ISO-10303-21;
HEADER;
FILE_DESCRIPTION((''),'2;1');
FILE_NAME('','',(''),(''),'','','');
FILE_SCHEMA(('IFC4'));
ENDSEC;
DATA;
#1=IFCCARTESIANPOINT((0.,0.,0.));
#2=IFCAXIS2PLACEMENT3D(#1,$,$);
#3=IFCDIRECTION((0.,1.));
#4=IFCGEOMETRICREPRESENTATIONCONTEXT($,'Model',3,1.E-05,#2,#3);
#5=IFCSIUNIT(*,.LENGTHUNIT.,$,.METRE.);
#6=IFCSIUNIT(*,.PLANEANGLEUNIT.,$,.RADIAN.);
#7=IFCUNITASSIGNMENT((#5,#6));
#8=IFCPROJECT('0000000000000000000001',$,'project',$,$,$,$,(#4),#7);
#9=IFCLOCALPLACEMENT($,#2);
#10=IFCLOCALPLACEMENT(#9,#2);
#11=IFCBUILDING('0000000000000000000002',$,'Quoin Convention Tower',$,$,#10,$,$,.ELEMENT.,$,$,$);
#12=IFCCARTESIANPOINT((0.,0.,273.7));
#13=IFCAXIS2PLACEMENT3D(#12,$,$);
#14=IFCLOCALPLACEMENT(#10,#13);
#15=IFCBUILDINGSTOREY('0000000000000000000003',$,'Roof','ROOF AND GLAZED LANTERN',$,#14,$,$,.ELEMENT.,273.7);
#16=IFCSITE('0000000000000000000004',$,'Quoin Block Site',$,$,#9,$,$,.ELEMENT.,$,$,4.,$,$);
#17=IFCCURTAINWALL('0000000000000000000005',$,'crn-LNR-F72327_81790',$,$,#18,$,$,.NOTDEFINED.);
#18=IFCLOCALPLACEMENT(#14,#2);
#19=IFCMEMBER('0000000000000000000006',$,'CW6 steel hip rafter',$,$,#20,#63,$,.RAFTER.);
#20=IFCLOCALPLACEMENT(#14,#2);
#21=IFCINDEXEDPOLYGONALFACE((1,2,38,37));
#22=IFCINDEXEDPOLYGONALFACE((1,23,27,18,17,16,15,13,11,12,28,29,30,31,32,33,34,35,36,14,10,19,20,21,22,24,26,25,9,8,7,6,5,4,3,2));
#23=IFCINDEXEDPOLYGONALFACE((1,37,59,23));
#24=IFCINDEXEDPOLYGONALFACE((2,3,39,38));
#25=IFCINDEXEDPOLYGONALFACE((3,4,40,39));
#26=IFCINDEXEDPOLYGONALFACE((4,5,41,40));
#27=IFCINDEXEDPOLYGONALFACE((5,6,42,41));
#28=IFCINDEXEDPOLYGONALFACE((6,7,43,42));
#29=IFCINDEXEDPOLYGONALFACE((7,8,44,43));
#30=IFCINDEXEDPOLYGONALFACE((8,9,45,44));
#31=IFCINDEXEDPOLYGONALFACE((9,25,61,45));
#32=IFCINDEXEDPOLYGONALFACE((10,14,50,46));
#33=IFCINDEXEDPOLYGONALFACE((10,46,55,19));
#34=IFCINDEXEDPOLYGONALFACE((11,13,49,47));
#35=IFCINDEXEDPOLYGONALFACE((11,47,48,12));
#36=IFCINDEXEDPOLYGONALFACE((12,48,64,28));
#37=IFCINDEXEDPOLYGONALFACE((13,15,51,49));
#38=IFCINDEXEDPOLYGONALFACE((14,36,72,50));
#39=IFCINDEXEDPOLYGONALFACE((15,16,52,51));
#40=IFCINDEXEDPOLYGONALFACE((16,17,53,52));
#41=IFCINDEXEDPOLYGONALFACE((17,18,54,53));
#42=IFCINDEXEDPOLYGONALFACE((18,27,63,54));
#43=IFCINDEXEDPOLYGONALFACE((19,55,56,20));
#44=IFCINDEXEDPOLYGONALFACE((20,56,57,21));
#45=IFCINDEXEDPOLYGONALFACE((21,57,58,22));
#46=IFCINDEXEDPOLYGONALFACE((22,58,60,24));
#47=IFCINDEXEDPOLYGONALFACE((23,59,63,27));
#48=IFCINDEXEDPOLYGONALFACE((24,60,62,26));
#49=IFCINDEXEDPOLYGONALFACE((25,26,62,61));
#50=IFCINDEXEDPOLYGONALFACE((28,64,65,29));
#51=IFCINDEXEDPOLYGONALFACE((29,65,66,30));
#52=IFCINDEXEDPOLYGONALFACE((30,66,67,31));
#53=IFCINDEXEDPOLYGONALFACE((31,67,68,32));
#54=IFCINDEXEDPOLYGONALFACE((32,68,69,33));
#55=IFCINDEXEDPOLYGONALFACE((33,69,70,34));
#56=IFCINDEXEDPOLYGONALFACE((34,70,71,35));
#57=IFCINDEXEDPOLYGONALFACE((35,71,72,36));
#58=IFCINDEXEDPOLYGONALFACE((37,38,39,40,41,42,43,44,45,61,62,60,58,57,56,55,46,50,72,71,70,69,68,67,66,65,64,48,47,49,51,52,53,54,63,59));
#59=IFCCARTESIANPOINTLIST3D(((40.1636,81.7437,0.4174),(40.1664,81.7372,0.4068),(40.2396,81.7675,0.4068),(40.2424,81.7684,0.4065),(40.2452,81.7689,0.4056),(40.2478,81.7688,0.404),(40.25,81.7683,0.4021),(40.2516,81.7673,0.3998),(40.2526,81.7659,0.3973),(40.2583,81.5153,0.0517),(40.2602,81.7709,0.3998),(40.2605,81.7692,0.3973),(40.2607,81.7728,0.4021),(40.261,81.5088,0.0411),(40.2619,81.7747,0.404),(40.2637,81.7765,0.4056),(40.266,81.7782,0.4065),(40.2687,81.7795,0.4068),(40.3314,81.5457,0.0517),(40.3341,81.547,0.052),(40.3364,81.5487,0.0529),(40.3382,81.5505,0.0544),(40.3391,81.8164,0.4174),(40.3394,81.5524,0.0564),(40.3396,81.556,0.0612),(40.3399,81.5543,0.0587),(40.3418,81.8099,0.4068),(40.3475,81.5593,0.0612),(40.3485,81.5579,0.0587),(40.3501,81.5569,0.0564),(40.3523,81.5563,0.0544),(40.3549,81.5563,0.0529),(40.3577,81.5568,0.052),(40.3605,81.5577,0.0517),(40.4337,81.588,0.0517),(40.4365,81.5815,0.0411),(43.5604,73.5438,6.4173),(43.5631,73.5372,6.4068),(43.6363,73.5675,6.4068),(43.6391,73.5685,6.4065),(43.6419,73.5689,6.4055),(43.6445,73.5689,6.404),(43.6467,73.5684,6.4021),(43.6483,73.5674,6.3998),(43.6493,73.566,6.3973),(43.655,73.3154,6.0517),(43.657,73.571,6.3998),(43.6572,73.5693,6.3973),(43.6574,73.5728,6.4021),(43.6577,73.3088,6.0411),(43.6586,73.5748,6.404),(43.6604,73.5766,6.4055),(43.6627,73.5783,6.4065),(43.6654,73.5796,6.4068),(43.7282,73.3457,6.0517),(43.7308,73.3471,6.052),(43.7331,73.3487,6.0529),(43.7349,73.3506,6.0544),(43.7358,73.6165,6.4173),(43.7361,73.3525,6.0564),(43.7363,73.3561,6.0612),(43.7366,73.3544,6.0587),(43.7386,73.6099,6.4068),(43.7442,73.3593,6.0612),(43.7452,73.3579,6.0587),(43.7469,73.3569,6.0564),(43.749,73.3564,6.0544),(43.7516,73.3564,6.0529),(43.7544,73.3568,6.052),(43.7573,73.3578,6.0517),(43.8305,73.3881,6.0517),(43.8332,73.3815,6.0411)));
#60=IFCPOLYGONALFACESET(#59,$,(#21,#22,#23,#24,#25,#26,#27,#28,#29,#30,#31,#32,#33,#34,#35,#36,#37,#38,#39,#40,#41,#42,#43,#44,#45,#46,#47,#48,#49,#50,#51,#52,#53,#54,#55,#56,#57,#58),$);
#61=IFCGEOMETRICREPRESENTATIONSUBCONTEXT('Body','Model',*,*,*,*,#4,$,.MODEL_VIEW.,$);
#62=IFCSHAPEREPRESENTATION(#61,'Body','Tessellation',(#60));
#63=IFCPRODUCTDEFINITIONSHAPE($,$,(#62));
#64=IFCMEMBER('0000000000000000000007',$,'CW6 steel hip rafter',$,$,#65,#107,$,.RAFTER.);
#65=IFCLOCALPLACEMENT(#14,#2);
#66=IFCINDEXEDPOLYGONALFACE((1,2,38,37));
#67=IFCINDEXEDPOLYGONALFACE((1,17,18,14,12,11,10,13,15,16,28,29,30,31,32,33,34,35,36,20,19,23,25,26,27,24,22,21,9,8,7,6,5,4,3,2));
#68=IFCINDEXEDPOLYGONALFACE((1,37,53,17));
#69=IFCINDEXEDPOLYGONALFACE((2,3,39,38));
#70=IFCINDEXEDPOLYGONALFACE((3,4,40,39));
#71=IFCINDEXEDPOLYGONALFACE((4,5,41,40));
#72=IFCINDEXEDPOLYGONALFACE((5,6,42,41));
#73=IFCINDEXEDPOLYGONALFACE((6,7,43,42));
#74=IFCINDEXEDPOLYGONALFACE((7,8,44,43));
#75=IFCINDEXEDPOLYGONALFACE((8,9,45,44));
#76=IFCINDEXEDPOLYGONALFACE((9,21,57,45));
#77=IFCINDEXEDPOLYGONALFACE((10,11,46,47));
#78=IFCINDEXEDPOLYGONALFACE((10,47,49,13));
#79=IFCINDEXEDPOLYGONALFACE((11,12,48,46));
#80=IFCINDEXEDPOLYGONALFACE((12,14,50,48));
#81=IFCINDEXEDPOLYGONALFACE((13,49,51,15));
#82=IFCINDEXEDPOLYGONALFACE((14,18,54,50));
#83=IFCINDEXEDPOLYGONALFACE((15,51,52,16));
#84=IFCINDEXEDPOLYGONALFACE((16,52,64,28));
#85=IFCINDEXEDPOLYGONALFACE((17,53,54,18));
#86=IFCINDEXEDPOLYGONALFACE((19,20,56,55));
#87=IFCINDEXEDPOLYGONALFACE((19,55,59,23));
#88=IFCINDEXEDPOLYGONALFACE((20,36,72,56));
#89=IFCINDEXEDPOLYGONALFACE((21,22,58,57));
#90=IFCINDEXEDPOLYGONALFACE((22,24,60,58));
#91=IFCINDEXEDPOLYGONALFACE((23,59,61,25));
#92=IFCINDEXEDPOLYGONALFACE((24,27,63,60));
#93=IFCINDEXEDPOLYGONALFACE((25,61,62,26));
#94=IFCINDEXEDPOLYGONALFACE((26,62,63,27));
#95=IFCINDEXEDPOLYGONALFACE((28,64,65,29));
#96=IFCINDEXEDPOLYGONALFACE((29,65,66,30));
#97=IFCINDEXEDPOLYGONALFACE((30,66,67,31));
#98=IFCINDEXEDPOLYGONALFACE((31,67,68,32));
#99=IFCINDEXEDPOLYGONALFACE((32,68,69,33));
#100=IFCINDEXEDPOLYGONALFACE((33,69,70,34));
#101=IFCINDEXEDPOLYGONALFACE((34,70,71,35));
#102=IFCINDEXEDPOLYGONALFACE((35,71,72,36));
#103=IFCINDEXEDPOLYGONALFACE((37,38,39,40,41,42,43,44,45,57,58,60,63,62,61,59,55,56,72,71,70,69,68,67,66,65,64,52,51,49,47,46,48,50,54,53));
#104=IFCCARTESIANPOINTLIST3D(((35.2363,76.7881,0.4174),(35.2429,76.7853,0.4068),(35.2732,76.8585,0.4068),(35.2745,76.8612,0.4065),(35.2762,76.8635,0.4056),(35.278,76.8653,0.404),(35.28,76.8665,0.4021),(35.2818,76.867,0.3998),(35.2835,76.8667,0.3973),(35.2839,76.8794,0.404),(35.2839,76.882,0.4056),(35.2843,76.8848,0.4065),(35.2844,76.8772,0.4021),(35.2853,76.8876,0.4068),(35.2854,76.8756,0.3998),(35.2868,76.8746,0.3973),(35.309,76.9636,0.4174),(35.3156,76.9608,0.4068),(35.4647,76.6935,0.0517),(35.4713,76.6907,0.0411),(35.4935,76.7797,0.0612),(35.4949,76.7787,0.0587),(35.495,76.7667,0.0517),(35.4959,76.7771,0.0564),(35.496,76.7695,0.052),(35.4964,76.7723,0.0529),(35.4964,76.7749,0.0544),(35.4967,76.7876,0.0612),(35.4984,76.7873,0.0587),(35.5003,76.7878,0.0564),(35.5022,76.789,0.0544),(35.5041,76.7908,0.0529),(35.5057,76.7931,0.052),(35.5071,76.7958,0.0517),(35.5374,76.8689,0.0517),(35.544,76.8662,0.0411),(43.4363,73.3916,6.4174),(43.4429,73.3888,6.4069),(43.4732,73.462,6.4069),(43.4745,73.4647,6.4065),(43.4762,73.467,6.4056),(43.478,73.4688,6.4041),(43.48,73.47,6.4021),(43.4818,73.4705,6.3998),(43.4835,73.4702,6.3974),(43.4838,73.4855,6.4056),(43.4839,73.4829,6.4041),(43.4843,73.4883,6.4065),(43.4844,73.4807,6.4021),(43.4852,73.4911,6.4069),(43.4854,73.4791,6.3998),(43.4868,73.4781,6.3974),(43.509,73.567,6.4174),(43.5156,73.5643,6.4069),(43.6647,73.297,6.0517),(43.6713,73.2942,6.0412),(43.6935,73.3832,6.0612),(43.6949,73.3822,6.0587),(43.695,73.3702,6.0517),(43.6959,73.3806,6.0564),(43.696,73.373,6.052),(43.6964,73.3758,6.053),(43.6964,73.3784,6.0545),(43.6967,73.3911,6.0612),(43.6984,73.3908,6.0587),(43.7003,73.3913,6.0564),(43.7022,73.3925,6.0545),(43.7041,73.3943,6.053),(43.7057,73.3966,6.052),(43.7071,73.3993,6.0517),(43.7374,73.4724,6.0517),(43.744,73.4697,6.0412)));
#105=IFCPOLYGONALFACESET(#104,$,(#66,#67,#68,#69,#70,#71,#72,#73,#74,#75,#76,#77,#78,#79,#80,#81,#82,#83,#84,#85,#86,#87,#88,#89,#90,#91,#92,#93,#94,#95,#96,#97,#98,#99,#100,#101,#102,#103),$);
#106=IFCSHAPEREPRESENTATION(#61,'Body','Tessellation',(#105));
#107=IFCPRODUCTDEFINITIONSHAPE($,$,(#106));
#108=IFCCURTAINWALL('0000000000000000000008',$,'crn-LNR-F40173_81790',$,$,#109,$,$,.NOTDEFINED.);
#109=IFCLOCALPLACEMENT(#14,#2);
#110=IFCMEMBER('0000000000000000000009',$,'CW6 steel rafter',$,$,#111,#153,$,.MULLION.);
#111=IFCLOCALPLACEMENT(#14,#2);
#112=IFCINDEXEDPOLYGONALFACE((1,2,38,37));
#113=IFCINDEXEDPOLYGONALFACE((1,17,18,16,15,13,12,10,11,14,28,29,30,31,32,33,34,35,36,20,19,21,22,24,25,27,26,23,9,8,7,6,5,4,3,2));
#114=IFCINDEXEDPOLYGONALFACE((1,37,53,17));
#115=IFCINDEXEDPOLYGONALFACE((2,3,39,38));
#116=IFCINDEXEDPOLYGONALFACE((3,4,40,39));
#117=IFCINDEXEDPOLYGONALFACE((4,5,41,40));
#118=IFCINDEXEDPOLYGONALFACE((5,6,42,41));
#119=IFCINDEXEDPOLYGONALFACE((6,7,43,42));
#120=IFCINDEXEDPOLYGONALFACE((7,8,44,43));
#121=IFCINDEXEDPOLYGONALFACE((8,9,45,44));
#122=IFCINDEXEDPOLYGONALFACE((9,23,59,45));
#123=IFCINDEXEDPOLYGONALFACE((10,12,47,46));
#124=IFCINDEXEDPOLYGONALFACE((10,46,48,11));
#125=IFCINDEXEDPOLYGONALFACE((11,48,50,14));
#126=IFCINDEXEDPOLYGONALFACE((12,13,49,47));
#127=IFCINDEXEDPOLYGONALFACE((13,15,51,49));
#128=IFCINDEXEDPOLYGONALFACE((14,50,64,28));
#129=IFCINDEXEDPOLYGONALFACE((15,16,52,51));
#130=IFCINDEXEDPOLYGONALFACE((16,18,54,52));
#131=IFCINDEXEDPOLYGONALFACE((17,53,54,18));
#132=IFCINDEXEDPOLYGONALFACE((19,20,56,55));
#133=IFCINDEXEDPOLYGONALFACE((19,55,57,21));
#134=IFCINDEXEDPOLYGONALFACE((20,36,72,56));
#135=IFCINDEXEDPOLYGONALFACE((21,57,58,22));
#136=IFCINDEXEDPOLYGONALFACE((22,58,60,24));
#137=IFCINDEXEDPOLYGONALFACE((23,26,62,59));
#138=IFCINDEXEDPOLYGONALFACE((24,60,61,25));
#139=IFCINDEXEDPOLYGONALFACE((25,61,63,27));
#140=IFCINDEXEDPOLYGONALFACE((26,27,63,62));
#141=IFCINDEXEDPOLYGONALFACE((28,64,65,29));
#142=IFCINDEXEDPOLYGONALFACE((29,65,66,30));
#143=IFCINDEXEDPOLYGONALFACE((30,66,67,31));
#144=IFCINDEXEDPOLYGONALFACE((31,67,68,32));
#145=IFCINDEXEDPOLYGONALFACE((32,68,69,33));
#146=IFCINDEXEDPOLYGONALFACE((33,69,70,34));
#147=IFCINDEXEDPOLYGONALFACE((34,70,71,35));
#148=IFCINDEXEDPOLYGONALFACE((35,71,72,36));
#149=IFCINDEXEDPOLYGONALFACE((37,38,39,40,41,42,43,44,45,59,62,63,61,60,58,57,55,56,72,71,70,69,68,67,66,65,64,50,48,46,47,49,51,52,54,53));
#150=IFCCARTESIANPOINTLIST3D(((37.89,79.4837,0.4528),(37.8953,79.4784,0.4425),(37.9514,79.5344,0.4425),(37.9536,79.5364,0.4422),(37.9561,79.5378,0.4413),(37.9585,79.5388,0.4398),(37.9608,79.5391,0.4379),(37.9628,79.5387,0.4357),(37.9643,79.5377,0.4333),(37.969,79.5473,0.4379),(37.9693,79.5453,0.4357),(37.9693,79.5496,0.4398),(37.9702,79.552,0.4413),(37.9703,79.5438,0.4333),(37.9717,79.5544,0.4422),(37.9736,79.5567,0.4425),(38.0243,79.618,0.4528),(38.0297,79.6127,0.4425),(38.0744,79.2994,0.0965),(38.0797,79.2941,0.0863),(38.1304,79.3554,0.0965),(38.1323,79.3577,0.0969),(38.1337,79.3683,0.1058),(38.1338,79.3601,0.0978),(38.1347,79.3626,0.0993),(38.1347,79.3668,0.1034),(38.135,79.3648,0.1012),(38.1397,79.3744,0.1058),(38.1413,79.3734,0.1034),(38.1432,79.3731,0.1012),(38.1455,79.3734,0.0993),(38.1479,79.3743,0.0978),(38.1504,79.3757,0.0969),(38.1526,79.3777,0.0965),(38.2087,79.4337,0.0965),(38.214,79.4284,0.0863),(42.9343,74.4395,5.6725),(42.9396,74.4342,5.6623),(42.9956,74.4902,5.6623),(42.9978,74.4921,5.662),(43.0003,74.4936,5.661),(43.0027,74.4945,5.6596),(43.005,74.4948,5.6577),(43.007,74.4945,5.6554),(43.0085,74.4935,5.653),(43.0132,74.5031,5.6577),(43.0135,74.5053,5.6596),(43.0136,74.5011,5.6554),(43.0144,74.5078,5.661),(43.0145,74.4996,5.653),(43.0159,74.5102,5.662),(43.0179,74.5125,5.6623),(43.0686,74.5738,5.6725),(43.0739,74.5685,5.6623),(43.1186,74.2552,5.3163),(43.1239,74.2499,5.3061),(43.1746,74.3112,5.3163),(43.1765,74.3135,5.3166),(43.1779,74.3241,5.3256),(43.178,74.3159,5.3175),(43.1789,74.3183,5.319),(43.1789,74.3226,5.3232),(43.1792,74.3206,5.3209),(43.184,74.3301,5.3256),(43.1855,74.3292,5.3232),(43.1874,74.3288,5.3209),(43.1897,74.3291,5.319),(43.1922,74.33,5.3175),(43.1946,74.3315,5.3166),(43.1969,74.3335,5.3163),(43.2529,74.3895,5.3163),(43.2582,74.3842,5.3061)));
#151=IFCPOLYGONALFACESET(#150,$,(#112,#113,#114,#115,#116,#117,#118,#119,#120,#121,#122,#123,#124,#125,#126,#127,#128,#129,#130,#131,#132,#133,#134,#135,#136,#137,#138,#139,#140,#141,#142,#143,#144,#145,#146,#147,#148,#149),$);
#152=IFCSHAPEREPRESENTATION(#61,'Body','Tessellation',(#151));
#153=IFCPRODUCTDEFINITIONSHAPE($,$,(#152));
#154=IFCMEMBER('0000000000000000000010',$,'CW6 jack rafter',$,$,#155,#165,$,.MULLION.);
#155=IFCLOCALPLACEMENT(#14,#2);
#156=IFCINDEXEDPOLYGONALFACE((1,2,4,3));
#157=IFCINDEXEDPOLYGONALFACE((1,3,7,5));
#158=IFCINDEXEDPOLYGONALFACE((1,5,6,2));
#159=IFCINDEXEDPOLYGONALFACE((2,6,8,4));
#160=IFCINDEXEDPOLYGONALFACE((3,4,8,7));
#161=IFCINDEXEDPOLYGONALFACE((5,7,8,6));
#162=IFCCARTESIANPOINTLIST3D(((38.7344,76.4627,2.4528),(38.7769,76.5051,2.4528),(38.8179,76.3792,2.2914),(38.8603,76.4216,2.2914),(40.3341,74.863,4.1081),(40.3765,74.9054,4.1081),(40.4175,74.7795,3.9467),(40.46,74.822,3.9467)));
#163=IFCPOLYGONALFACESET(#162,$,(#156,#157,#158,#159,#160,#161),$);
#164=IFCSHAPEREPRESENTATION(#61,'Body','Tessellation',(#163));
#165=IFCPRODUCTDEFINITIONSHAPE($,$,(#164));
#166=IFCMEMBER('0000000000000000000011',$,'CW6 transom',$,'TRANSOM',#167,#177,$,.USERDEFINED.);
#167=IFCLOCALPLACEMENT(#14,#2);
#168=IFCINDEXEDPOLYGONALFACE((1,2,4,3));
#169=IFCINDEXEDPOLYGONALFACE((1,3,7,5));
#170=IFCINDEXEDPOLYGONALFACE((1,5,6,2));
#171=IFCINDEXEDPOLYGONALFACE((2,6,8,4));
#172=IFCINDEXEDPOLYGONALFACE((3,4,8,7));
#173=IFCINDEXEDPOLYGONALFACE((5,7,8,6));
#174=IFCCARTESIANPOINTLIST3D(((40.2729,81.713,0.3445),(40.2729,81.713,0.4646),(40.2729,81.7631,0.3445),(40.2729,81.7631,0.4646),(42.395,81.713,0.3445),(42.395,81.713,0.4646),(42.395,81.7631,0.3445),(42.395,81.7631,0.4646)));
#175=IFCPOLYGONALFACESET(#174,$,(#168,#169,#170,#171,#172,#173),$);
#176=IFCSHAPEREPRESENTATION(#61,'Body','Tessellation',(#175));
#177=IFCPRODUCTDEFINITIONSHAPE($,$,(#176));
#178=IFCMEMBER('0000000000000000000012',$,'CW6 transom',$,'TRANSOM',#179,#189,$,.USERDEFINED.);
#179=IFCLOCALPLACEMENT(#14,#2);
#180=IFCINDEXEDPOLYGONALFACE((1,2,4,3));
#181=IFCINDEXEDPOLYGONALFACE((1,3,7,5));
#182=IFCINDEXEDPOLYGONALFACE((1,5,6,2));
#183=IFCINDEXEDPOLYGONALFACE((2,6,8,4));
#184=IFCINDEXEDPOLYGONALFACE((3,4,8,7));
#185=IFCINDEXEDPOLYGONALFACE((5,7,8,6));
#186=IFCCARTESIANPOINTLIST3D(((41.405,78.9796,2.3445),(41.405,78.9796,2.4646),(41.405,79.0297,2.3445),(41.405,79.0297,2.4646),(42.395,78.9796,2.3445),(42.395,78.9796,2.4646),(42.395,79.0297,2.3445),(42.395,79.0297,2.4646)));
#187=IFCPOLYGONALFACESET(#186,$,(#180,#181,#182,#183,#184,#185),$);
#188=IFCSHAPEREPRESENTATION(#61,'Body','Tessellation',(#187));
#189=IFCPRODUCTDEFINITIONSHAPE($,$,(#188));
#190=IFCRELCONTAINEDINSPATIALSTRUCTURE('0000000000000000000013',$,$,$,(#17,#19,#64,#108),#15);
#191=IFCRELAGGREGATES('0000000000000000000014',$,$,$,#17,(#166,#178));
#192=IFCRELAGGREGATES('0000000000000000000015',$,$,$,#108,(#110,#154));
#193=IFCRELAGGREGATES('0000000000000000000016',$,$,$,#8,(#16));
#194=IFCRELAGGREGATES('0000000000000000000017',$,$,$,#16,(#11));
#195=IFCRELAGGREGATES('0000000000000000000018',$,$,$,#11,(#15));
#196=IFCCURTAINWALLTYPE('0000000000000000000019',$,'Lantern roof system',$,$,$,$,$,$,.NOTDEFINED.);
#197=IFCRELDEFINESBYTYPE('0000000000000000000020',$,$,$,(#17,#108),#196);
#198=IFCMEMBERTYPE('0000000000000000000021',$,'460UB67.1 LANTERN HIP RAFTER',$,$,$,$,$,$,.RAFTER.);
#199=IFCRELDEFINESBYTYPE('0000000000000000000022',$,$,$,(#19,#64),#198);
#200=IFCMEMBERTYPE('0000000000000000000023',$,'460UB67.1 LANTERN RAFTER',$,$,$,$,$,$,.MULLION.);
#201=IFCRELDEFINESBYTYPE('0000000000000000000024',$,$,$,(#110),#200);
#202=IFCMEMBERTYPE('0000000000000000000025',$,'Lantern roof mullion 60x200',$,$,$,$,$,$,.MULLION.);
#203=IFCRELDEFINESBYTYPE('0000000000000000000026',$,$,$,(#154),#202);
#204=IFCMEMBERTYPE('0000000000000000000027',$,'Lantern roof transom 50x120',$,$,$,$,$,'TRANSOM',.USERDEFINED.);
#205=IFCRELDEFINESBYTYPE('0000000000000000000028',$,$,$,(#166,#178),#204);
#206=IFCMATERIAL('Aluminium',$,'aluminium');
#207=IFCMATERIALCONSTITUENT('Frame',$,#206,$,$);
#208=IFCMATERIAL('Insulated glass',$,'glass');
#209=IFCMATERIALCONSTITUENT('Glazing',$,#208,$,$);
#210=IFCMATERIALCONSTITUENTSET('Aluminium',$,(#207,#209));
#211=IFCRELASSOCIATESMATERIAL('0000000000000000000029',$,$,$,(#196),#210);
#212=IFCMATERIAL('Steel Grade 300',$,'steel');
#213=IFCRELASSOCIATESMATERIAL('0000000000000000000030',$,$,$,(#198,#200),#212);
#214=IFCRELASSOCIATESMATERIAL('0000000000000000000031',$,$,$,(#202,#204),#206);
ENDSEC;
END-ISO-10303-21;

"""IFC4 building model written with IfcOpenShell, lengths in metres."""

from ifc_helpers import new_model, si_unit, direction, frame, origin, origin_2d, place, context, subcontext, project, spatial, rectangle, i_section, extrude, material, constituent, constituent_set, material_profile, profile_set, type_object, element, aggregate, save


model = new_model("IFC4")

# Units and contexts
model_context = context("Model", 3, precision=1e-05, world=origin(), true_north=direction((0.0, 1.0)))
body_context = subcontext(model_context, "Body", "Model", "MODEL_VIEW")
ifc_project = project(units=[si_unit("LENGTHUNIT", "METRE"), si_unit("PLANEANGLEUNIT", "RADIAN")], contexts=[model_context])

# Site, building, storey
site_placement = place(None, origin())
site = spatial("IfcSite", under=ifc_project, at=site_placement, Name="Quoin Block Site", CompositionType="ELEMENT", RefElevation=4.0)
building_placement = place(site_placement, origin())
building = spatial("IfcBuilding", under=site, at=building_placement, Name="Quoin Convention Tower", CompositionType="ELEMENT")
storey_placement = place(building_placement, frame((0.0, 0.0, 273.7)))
storey = spatial("IfcBuildingStorey", under=building, at=storey_placement, Name="Roof", Description="ROOF AND GLAZED LANTERN", CompositionType="ELEMENT", Elevation=273.7)

# Shared definitions
ifc_material_1 = material(Name="Steel Grade 300", Category="steel")

# Curtain wall
ifc_material_2 = material(Name="Aluminium", Category="aluminium")
ifc_constituent_1 = constituent(ifc_material_2, Name="Frame")
ifc_material_3 = material(Name="Insulated glass", Category="glass")
ifc_constituent_2 = constituent(ifc_material_3, Name="Glazing")
ifc_constituent_set = constituent_set(constituents=[ifc_constituent_1, ifc_constituent_2], Name="Aluminium")
curtain_wall_type = type_object("IfcCurtainWallType", Name="Lantern roof system", PredefinedType="NOTDEFINED", material=ifc_constituent_set)
curtain_wall_1_placement = place(storey_placement, origin())
curtain_wall_1 = element("IfcCurtainWall", 1, at=curtain_wall_1_placement, inside=storey, type_object=curtain_wall_type, Name="crn-LNR-F72327_81790", PredefinedType="NOTDEFINED")

# Members
ifc_material_profile_1 = material_profile(ifc_material_1, i_section(OverallWidth=0.1899, OverallDepth=0.4541, WebThickness=0.0085, FlangeThickness=0.0127, FilletRadius=0.0115, at=origin_2d()), Name="460UB67.1")
ifc_profile_set_1 = profile_set([ifc_material_profile_1], Name="Steel Grade 300")
member_type_1 = type_object("IfcMemberType", Name="460UB67.1 LANTERN HIP RAFTER", PredefinedType="RAFTER", material=ifc_profile_set_1)
for number, where, z_axis, x_axis, name in (
    (2, (40.3, 81.6626, 0.2292), (0.317054, -0.765392, 0.560046), (0.923872, 0.382702, 0.0), "CW6 steel hip rafter"),
    (3, (35.3901, 76.8271, 0.2292), (0.765397, -0.317034, 0.56005), (0.382679, 0.923881, 0.0), "CW6 steel hip rafter"),
):
    element("IfcMember", number, at=place(storey_placement, frame(where, z_axis=z_axis, x_axis=x_axis)), inside=storey, type_object=member_type_1, Name=name, PredefinedType="RAFTER", context=body_context, shape_type="SweptSolid", body=[
        extrude(i_section(OverallWidth=0.1899, OverallDepth=0.4541, WebThickness=0.0085, FlangeThickness=0.0127, FilletRadius=0.0115, at=origin_2d()), origin(), (0.0, 0.0, 1.0), 10.7134),
    ])

# Curtain wall, members
curtain_wall_2_placement = place(storey_placement, origin())
curtain_wall_2 = element("IfcCurtainWall", 4, at=curtain_wall_2_placement, inside=storey, type_object=curtain_wall_type, Name="crn-LNR-F40173_81790", PredefinedType="NOTDEFINED")
ifc_material_profile_2 = material_profile(ifc_material_1, i_section(OverallWidth=0.1899, OverallDepth=0.4541, WebThickness=0.0085, FlangeThickness=0.0127, FilletRadius=0.0115, at=origin_2d()), Name="460UB67.1")
ifc_profile_set_2 = profile_set([ifc_material_profile_2], Name="Steel Grade 300")
member_type_2 = type_object("IfcMemberType", Name="460UB67.1 LANTERN RAFTER", PredefinedType="MULLION", material=ifc_profile_set_2)
member_1_placement = place(storey_placement, frame((38.052, 79.4561, 0.2695), z_axis=(0.570655, -0.570655, 0.590514), x_axis=(0.707107, 0.707107, 0.0)))
member_1 = element("IfcMember", 5, at=member_1_placement, type_object=member_type_2, Name="CW6 steel rafter", PredefinedType="MULLION", context=body_context, shape_type="SweptSolid", body=[
    extrude(i_section(OverallWidth=0.1899, OverallDepth=0.4541, WebThickness=0.0085, FlangeThickness=0.0127, FilletRadius=0.0115, at=origin_2d()), origin(), (0.0, 0.0, 1.0), 8.8394),
])
ifc_material_profile_3 = material_profile(ifc_material_2, rectangle(XDim=0.2, YDim=0.0601, at=origin_2d()), Name="Lantern roof mullion 60x200")
ifc_profile_set_3 = profile_set([ifc_material_profile_3], Name="Aluminium")
member_type_3 = type_object("IfcMemberType", Name="Lantern roof mullion 60x200", PredefinedType="MULLION", material=ifc_profile_set_3)
member_2_placement = place(storey_placement, frame((38.7974, 76.4421, 2.3721), z_axis=(0.570655, -0.570655, 0.590513), x_axis=(-0.417556, 0.417556, 0.807028)))
member_2 = element("IfcMember", 6, at=member_2_placement, type_object=member_type_3, Name="CW6 jack rafter", PredefinedType="MULLION", context=body_context, shape_type="SweptSolid", body=[
    extrude(rectangle(XDim=0.2, YDim=0.0601, at=origin_2d()), origin(), (0.0, 0.0, 1.0), 2.8032),
])

# Members
ifc_material_profile_4 = material_profile(ifc_material_2, rectangle(XDim=0.1201, YDim=0.05, at=origin_2d()), Name="Lantern roof transom 50x120")
ifc_profile_set_4 = profile_set([ifc_material_profile_4], Name="Aluminium")
member_type_4 = type_object("IfcMemberType", Name="Lantern roof transom 50x120", ElementType="TRANSOM", PredefinedType="USERDEFINED", material=ifc_profile_set_4)
member_3_placement = place(storey_placement, frame((42.395, 81.738, 0.4045), z_axis=(-1.0, 0.0, 0.0), x_axis=(0.0, 0.0, 1.0)))
member_3 = element("IfcMember", 7, at=member_3_placement, type_object=member_type_4, Name="CW6 transom", ObjectType="TRANSOM", PredefinedType="USERDEFINED", context=body_context, shape_type="SweptSolid", body=[
    extrude(rectangle(XDim=0.1201, YDim=0.05, at=origin_2d()), origin(), (0.0, 0.0, 1.0), 2.1221),
])
member_4_placement = place(storey_placement, frame((42.395, 79.0046, 2.4045), z_axis=(-1.0, 0.0, 0.0), x_axis=(0.0, 0.0, 1.0)))
member_4 = element("IfcMember", 8, at=member_4_placement, type_object=member_type_4, Name="CW6 transom", ObjectType="TRANSOM", PredefinedType="USERDEFINED", context=body_context, shape_type="SweptSolid", body=[
    extrude(rectangle(XDim=0.1201, YDim=0.05, at=origin_2d()), origin(), (0.0, 0.0, 1.0), 0.99),
])

aggregate(curtain_wall_1, [member_3, member_4])
aggregate(curtain_wall_2, [member_1, member_2])

save(model, "model.ifc")
